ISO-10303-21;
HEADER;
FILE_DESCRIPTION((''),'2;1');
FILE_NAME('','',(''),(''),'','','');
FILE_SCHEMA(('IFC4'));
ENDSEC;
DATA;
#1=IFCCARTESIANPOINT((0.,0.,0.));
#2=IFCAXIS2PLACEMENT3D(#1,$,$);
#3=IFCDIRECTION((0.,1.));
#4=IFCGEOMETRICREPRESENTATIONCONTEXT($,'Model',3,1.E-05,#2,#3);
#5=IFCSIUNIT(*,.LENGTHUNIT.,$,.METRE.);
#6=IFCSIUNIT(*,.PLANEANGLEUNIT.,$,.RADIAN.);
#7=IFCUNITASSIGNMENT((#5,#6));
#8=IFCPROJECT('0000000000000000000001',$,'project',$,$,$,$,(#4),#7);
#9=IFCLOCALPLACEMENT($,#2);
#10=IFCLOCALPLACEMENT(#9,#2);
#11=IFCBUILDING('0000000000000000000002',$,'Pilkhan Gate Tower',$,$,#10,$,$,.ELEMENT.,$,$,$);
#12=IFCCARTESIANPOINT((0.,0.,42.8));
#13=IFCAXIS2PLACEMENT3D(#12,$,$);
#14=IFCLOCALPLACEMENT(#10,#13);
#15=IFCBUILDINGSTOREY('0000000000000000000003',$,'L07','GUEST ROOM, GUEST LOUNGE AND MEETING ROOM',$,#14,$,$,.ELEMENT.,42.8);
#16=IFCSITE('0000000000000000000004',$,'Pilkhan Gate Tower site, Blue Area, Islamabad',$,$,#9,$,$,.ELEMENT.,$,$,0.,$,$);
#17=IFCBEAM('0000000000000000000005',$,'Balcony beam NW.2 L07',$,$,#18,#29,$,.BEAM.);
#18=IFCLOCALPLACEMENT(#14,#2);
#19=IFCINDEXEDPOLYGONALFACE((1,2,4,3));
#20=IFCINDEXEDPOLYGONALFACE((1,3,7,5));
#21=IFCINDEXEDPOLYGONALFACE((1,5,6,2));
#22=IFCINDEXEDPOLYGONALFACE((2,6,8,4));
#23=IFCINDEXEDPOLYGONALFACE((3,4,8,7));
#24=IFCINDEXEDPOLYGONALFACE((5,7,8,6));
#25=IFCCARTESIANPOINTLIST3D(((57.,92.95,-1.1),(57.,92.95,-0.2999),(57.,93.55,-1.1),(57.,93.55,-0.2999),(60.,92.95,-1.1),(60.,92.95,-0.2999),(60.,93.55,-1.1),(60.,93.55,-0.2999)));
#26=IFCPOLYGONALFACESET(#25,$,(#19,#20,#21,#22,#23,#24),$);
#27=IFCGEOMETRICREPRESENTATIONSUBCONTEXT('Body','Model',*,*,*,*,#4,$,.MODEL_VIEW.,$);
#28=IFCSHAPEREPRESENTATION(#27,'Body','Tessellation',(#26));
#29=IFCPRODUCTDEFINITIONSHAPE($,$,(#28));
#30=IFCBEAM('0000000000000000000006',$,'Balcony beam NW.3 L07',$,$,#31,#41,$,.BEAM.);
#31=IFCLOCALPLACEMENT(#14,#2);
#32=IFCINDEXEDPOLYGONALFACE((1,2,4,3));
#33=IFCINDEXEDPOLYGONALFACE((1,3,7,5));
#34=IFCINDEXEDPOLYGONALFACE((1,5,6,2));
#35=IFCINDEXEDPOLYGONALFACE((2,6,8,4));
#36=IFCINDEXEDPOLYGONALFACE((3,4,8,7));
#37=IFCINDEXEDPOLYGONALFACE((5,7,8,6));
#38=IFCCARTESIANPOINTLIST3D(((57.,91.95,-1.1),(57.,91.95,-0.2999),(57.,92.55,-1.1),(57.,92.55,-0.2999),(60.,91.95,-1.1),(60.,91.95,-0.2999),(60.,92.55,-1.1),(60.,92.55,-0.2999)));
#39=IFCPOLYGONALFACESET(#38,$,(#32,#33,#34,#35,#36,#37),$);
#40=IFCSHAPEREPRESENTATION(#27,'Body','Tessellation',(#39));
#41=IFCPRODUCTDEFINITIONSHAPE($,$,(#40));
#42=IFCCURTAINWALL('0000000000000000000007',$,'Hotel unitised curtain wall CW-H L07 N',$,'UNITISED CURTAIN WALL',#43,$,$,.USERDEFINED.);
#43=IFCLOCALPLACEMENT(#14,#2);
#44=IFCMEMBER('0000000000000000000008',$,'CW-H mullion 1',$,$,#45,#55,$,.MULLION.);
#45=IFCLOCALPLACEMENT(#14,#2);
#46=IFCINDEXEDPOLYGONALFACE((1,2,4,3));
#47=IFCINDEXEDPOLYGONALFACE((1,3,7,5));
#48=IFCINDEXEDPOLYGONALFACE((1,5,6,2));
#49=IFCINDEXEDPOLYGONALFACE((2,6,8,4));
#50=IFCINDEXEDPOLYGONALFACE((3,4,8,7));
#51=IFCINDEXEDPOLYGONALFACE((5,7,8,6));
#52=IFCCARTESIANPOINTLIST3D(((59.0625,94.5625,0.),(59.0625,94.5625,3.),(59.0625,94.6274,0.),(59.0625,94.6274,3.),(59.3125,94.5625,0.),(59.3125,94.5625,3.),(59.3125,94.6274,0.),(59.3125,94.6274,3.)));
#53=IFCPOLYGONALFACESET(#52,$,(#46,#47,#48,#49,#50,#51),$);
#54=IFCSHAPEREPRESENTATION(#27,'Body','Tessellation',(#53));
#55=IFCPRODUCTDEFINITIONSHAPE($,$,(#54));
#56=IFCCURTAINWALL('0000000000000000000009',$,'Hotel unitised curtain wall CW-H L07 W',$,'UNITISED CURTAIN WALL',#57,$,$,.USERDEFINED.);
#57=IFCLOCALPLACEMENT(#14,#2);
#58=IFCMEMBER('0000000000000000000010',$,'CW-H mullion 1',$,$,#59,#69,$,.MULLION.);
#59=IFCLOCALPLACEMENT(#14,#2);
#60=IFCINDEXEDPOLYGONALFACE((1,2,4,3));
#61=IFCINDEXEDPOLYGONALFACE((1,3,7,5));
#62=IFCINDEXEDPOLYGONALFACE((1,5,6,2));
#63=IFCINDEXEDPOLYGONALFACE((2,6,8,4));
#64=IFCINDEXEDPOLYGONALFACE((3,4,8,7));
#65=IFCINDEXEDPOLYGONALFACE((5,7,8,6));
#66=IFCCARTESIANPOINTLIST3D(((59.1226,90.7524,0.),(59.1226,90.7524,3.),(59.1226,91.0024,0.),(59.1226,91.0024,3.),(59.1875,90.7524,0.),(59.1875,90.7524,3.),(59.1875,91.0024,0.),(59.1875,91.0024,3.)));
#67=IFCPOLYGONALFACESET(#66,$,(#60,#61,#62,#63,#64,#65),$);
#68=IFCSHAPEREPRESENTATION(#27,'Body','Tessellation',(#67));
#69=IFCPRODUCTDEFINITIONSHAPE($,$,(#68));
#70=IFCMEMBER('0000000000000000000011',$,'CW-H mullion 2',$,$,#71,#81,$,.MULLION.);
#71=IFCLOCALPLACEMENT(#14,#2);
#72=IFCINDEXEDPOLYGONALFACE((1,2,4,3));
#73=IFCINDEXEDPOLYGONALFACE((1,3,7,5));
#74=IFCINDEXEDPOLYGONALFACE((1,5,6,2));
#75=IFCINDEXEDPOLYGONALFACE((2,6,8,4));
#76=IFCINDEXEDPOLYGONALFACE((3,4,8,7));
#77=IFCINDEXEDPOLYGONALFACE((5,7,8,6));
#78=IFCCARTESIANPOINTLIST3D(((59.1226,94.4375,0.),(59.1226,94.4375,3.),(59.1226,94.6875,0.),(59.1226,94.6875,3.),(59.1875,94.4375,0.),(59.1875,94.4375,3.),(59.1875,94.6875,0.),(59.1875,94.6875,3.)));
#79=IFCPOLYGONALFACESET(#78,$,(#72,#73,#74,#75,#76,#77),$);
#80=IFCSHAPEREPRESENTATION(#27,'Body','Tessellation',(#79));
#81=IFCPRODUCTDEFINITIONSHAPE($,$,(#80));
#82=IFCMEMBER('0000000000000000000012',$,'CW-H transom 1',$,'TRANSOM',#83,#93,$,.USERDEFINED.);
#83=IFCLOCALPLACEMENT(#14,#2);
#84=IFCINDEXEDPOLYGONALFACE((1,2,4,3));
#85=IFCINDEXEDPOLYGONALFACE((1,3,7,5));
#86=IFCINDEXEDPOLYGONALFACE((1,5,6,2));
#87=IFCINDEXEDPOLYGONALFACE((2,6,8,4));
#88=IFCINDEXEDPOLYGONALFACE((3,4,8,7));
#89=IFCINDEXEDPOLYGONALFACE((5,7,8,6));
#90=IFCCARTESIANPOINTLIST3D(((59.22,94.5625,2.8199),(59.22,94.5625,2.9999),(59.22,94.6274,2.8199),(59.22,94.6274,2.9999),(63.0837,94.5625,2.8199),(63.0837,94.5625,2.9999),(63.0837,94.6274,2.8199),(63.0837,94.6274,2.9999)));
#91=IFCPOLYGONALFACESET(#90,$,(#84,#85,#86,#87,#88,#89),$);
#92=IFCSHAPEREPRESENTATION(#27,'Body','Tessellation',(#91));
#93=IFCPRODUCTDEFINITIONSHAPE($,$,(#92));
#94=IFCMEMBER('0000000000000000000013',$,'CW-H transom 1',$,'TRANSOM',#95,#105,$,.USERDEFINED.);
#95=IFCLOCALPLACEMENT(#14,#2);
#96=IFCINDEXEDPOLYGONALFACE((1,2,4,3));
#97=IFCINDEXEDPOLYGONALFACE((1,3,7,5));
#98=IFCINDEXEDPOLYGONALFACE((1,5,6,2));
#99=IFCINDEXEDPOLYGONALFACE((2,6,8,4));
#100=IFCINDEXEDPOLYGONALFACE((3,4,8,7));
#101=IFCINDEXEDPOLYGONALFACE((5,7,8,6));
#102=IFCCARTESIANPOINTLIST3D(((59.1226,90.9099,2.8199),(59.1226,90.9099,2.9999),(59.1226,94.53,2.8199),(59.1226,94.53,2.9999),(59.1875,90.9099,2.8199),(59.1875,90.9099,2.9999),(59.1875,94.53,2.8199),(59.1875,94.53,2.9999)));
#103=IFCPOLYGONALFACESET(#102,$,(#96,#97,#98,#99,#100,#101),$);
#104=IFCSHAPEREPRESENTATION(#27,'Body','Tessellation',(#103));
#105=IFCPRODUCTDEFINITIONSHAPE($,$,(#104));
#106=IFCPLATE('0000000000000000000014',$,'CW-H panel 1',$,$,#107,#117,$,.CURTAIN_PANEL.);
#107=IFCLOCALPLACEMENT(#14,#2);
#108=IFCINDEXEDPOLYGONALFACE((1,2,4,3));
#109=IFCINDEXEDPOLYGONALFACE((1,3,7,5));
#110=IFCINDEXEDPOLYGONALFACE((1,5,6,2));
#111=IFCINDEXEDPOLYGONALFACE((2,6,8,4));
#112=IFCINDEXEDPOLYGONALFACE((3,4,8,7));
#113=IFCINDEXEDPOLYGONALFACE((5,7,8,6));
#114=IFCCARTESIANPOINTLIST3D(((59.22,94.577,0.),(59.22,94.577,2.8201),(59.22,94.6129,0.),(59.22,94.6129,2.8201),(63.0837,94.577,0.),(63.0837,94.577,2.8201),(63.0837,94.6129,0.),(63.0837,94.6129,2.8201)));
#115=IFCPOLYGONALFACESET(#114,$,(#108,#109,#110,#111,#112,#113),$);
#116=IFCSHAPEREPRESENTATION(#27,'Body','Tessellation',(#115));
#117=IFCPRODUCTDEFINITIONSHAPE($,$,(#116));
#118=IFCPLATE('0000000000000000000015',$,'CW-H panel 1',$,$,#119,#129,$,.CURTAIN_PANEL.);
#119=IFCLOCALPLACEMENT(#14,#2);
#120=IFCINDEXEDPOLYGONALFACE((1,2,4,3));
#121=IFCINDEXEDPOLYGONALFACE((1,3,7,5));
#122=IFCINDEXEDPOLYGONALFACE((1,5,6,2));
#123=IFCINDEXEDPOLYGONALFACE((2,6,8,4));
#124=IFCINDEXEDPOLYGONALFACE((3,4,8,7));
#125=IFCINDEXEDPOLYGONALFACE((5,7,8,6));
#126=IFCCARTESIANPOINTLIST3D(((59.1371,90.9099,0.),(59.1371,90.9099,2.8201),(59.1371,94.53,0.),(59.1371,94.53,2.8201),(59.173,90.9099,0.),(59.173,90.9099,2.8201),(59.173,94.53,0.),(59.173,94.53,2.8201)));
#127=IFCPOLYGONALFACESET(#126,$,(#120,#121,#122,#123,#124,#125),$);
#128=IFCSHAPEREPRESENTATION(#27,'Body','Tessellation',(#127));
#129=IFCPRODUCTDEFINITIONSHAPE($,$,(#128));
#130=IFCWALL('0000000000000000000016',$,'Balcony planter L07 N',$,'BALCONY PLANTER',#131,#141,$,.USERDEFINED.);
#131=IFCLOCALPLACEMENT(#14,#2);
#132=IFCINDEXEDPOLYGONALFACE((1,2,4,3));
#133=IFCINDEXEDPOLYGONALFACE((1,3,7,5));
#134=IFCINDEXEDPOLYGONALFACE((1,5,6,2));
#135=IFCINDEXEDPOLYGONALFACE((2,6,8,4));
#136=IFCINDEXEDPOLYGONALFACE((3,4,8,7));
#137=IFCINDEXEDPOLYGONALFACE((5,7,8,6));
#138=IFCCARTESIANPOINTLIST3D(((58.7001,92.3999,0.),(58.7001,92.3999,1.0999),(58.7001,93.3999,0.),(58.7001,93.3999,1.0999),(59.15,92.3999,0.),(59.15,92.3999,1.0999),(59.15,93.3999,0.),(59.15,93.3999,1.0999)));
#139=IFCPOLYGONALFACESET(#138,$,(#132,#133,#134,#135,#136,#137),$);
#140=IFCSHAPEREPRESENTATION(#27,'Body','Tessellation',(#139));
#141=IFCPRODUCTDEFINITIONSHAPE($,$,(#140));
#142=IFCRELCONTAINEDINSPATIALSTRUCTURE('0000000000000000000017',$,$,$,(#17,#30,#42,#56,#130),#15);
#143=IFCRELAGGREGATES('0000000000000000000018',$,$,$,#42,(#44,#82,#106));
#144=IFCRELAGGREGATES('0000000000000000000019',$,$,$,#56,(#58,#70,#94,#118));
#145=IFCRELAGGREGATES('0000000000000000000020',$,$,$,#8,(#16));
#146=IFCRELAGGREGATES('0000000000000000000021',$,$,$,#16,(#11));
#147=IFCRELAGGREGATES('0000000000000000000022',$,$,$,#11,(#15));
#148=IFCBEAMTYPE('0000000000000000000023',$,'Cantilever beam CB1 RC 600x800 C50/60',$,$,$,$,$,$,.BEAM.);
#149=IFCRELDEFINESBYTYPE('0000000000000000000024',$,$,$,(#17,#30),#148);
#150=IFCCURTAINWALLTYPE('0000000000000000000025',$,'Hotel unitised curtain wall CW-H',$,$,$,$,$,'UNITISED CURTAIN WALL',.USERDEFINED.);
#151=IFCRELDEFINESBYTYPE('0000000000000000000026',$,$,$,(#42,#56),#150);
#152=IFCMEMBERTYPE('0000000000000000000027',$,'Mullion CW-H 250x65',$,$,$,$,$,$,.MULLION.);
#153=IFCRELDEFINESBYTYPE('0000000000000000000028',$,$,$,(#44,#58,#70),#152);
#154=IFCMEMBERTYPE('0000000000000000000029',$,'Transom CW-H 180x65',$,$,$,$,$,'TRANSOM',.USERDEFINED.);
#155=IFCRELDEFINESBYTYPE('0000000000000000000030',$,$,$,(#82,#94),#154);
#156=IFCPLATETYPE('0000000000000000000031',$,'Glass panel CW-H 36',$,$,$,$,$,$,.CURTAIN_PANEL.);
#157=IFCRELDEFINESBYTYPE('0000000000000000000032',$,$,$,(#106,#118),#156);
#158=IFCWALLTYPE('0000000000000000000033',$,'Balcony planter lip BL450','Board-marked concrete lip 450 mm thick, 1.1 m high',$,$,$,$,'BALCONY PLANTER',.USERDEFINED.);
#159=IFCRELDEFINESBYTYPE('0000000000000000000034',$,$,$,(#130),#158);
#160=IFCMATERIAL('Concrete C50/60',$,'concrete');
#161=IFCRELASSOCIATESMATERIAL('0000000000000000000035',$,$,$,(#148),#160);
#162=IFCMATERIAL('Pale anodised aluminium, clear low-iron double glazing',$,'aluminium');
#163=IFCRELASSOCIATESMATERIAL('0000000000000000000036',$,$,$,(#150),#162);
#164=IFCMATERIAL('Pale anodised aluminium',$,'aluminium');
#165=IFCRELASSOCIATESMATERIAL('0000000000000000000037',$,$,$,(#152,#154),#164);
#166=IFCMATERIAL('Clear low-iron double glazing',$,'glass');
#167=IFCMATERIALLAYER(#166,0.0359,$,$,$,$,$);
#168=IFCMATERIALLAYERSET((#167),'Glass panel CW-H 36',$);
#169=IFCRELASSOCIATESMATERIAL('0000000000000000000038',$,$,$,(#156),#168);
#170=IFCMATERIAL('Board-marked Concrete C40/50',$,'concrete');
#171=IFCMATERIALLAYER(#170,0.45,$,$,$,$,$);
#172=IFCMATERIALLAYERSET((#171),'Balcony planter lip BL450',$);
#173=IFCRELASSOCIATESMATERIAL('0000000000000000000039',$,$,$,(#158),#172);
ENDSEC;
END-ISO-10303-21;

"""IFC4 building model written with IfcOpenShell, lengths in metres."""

from ifc_helpers import new_model, si_unit, direction, frame, frame_2d, origin, origin_2d, place, context, subcontext, project, spatial, rectangle, extrude, material, layer, layer_set, material_profile, profile_set, type_object, element, aggregate, save


model = new_model("IFC4")

# Units and contexts
model_context = context("Model", 3, precision=1e-05, world=origin(), true_north=direction((0.0, 1.0)))
body_context = subcontext(model_context, "Body", "Model", "MODEL_VIEW")
ifc_project = project(units=[si_unit("LENGTHUNIT", "METRE"), si_unit("PLANEANGLEUNIT", "RADIAN")], contexts=[model_context])

# Site, building, storey
site_placement = place(None, origin())
site = spatial("IfcSite", under=ifc_project, at=site_placement, Name="Pilkhan Gate Tower site, Blue Area, Islamabad", CompositionType="ELEMENT", RefElevation=0.0)
building_placement = place(site_placement, origin())
building = spatial("IfcBuilding", under=site, at=building_placement, Name="Pilkhan Gate Tower", CompositionType="ELEMENT")
storey_placement = place(building_placement, frame((0.0, 0.0, 42.8)))
storey = spatial("IfcBuildingStorey", under=building, at=storey_placement, Name="L07", Description="GUEST ROOM, GUEST LOUNGE AND MEETING ROOM", CompositionType="ELEMENT", Elevation=42.8)

# Beams
ifc_material_1 = material(Name="Concrete C50/60", Category="concrete")
ifc_material_profile_1 = material_profile(ifc_material_1, rectangle(XDim=0.6001, YDim=0.8, at=origin_2d()), Name="RC 600x800")
ifc_profile_set_1 = profile_set([ifc_material_profile_1], Name="Concrete C50/60")
beam_type = type_object("IfcBeamType", Name="Cantilever beam CB1 RC 600x800 C50/60", PredefinedType="BEAM", material=ifc_profile_set_1)
for number, where, z_axis, x_axis, name in (
    (1, (60.0, 93.25, -0.7), (-1.0, 0.0, 0.0), (0.0, -1.0, 0.0), "Balcony beam NW.2 L07"),
    (2, (60.0, 92.25, -0.7), (-1.0, 0.0, 0.0), (0.0, -1.0, 0.0), "Balcony beam NW.3 L07"),
):
    element("IfcBeam", number, at=place(storey_placement, frame(where, z_axis=z_axis, x_axis=x_axis)), inside=storey, type_object=beam_type, Name=name, PredefinedType="BEAM", context=body_context, shape_type="SweptSolid", body=[
        extrude(rectangle(XDim=0.6001, YDim=0.8, at=origin_2d()), origin(), (0.0, 0.0, 1.0), 3.0),
    ])

# Curtain wall, member
ifc_material_2 = material(Name="Pale anodised aluminium, clear low-iron double glazing", Category="aluminium")
curtain_wall_type = type_object("IfcCurtainWallType", Name="Hotel unitised curtain wall CW-H", ElementType="UNITISED CURTAIN WALL", PredefinedType="USERDEFINED", material=ifc_material_2)
curtain_wall_1_placement = place(storey_placement, origin())
curtain_wall_1 = element("IfcCurtainWall", 3, at=curtain_wall_1_placement, inside=storey, type_object=curtain_wall_type, Name="Hotel unitised curtain wall CW-H L07 N", ObjectType="UNITISED CURTAIN WALL", PredefinedType="USERDEFINED")
ifc_material_3 = material(Name="Pale anodised aluminium", Category="aluminium")
ifc_material_profile_2 = material_profile(ifc_material_3, rectangle(XDim=0.0649, YDim=0.25, at=origin_2d()), Name="Mullion 250x65")
ifc_profile_set_2 = profile_set([ifc_material_profile_2], Name="Pale anodised aluminium")
member_type_1 = type_object("IfcMemberType", Name="Mullion CW-H 250x65", PredefinedType="MULLION", material=ifc_profile_set_2)
member_1_placement = place(storey_placement, frame((59.1875, 94.595, 0.0), z_axis=(0.0, 0.0, 1.0), x_axis=(0.0, 1.0, 0.0)))
member_1 = element("IfcMember", 4, at=member_1_placement, type_object=member_type_1, Name="CW-H mullion 1", PredefinedType="MULLION", context=body_context, shape_type="SweptSolid", body=[
    extrude(rectangle(XDim=0.0649, YDim=0.25, at=origin_2d()), origin(), (0.0, 0.0, 1.0), 3.0),
])

# Curtain wall, members
curtain_wall_2_placement = place(storey_placement, origin())
curtain_wall_2 = element("IfcCurtainWall", 5, at=curtain_wall_2_placement, inside=storey, type_object=curtain_wall_type, Name="Hotel unitised curtain wall CW-H L07 W", ObjectType="UNITISED CURTAIN WALL", PredefinedType="USERDEFINED")
member_2_placement = place(storey_placement, frame((59.155, 90.8774, 0.0), z_axis=(0.0, 0.0, 1.0), x_axis=(-1.0, 0.0, 0.0)))
member_2 = element("IfcMember", 6, at=member_2_placement, type_object=member_type_1, Name="CW-H mullion 1", PredefinedType="MULLION", context=body_context, shape_type="SweptSolid", body=[
    extrude(rectangle(XDim=0.0649, YDim=0.25, at=origin_2d()), origin(), (0.0, 0.0, 1.0), 3.0),
])
member_3_placement = place(storey_placement, frame((59.155, 94.5625, 0.0), z_axis=(0.0, 0.0, 1.0), x_axis=(-1.0, 0.0, 0.0)))
member_3 = element("IfcMember", 7, at=member_3_placement, type_object=member_type_1, Name="CW-H mullion 2", PredefinedType="MULLION", context=body_context, shape_type="SweptSolid", body=[
    extrude(rectangle(XDim=0.0649, YDim=0.25, at=origin_2d()), origin(), (0.0, 0.0, 1.0), 3.0),
])

# Members
ifc_material_profile_3 = material_profile(ifc_material_3, rectangle(XDim=0.0649, YDim=0.1799, at=origin_2d()), Name="Transom 180x65")
ifc_profile_set_3 = profile_set([ifc_material_profile_3], Name="Pale anodised aluminium")
member_type_2 = type_object("IfcMemberType", Name="Transom CW-H 180x65", ElementType="TRANSOM", PredefinedType="USERDEFINED", material=ifc_profile_set_3)
member_4_placement = place(storey_placement, frame((59.22, 94.595, 2.9099), z_axis=(1.0, 0.0, 0.0), x_axis=(0.0, 1.0, 0.0)))
member_4 = element("IfcMember", 8, at=member_4_placement, type_object=member_type_2, Name="CW-H transom 1", ObjectType="TRANSOM", PredefinedType="USERDEFINED", context=body_context, shape_type="SweptSolid", body=[
    extrude(rectangle(XDim=0.0649, YDim=0.1799, at=origin_2d()), origin(), (0.0, 0.0, 1.0), 3.8638),
])
member_5_placement = place(storey_placement, frame((59.155, 90.9099, 2.9099), z_axis=(0.0, 1.0, 0.0), x_axis=(-1.0, 0.0, 0.0)))
member_5 = element("IfcMember", 9, at=member_5_placement, type_object=member_type_2, Name="CW-H transom 1", ObjectType="TRANSOM", PredefinedType="USERDEFINED", context=body_context, shape_type="SweptSolid", body=[
    extrude(rectangle(XDim=0.0649, YDim=0.1799, at=origin_2d()), origin(), (0.0, 0.0, 1.0), 3.6201),
])

# Plates
ifc_material_4 = material(Name="Clear low-iron double glazing", Category="glass")
ifc_layer_1 = layer(ifc_material_4, 0.0359)
ifc_layer_set_1 = layer_set([ifc_layer_1], Name="Glass panel CW-H 36")
plate_type = type_object("IfcPlateType", Name="Glass panel CW-H 36", PredefinedType="CURTAIN_PANEL", material=ifc_layer_set_1)
plate_1_placement = place(storey_placement, frame((61.1519, 94.595, 0.0), z_axis=(0.0, 0.0, 1.0), x_axis=(1.0, 0.0, 0.0)))
plate_1 = element("IfcPlate", 10, at=plate_1_placement, type_object=plate_type, Name="CW-H panel 1", PredefinedType="CURTAIN_PANEL", context=body_context, shape_type="SweptSolid", body=[
    extrude(rectangle(XDim=3.8638, YDim=0.0359, at=origin_2d()), origin(), (0.0, 0.0, 1.0), 2.8201),
])
aggregate(curtain_wall_1, [member_1, member_4, plate_1])
plate_2_placement = place(storey_placement, frame((59.155, 92.72, 0.0), z_axis=(0.0, 0.0, 1.0), x_axis=(0.0, 1.0, 0.0)))
plate_2 = element("IfcPlate", 11, at=plate_2_placement, type_object=plate_type, Name="CW-H panel 1", PredefinedType="CURTAIN_PANEL", context=body_context, shape_type="SweptSolid", body=[
    extrude(rectangle(XDim=3.6201, YDim=0.0359, at=origin_2d()), origin(), (0.0, 0.0, 1.0), 2.8201),
])
aggregate(curtain_wall_2, [member_2, member_3, member_5, plate_2])

# Wall
ifc_material_5 = material(Name="Board-marked Concrete C40/50", Category="concrete")
ifc_layer_2 = layer(ifc_material_5, 0.45)
ifc_layer_set_2 = layer_set([ifc_layer_2], Name="Balcony planter lip BL450")
wall_type_1 = type_object("IfcWallType", Name="Balcony planter lip BL450", Description="Board-marked concrete lip 450 mm thick, 1.1 m high", ElementType="BALCONY PLANTER", PredefinedType="USERDEFINED", material=ifc_layer_set_2)
wall_1_placement = place(storey_placement, frame((58.925, 92.3999, 0.0), z_axis=(0.0, 0.0, 1.0), x_axis=(0.0, 1.0, 0.0)))
element("IfcWall", 12, at=wall_1_placement, inside=storey, type_object=wall_type_1, Name="Balcony planter L07 N", ObjectType="BALCONY PLANTER", PredefinedType="USERDEFINED", context=body_context, shape_type="SweptSolid", body=[
    extrude(rectangle(XDim=1.0, YDim=0.45, at=frame_2d((0.5, 0.0))), origin(), (0.0, 0.0, 1.0), 1.0999),
])

save(model, "model.ifc")
